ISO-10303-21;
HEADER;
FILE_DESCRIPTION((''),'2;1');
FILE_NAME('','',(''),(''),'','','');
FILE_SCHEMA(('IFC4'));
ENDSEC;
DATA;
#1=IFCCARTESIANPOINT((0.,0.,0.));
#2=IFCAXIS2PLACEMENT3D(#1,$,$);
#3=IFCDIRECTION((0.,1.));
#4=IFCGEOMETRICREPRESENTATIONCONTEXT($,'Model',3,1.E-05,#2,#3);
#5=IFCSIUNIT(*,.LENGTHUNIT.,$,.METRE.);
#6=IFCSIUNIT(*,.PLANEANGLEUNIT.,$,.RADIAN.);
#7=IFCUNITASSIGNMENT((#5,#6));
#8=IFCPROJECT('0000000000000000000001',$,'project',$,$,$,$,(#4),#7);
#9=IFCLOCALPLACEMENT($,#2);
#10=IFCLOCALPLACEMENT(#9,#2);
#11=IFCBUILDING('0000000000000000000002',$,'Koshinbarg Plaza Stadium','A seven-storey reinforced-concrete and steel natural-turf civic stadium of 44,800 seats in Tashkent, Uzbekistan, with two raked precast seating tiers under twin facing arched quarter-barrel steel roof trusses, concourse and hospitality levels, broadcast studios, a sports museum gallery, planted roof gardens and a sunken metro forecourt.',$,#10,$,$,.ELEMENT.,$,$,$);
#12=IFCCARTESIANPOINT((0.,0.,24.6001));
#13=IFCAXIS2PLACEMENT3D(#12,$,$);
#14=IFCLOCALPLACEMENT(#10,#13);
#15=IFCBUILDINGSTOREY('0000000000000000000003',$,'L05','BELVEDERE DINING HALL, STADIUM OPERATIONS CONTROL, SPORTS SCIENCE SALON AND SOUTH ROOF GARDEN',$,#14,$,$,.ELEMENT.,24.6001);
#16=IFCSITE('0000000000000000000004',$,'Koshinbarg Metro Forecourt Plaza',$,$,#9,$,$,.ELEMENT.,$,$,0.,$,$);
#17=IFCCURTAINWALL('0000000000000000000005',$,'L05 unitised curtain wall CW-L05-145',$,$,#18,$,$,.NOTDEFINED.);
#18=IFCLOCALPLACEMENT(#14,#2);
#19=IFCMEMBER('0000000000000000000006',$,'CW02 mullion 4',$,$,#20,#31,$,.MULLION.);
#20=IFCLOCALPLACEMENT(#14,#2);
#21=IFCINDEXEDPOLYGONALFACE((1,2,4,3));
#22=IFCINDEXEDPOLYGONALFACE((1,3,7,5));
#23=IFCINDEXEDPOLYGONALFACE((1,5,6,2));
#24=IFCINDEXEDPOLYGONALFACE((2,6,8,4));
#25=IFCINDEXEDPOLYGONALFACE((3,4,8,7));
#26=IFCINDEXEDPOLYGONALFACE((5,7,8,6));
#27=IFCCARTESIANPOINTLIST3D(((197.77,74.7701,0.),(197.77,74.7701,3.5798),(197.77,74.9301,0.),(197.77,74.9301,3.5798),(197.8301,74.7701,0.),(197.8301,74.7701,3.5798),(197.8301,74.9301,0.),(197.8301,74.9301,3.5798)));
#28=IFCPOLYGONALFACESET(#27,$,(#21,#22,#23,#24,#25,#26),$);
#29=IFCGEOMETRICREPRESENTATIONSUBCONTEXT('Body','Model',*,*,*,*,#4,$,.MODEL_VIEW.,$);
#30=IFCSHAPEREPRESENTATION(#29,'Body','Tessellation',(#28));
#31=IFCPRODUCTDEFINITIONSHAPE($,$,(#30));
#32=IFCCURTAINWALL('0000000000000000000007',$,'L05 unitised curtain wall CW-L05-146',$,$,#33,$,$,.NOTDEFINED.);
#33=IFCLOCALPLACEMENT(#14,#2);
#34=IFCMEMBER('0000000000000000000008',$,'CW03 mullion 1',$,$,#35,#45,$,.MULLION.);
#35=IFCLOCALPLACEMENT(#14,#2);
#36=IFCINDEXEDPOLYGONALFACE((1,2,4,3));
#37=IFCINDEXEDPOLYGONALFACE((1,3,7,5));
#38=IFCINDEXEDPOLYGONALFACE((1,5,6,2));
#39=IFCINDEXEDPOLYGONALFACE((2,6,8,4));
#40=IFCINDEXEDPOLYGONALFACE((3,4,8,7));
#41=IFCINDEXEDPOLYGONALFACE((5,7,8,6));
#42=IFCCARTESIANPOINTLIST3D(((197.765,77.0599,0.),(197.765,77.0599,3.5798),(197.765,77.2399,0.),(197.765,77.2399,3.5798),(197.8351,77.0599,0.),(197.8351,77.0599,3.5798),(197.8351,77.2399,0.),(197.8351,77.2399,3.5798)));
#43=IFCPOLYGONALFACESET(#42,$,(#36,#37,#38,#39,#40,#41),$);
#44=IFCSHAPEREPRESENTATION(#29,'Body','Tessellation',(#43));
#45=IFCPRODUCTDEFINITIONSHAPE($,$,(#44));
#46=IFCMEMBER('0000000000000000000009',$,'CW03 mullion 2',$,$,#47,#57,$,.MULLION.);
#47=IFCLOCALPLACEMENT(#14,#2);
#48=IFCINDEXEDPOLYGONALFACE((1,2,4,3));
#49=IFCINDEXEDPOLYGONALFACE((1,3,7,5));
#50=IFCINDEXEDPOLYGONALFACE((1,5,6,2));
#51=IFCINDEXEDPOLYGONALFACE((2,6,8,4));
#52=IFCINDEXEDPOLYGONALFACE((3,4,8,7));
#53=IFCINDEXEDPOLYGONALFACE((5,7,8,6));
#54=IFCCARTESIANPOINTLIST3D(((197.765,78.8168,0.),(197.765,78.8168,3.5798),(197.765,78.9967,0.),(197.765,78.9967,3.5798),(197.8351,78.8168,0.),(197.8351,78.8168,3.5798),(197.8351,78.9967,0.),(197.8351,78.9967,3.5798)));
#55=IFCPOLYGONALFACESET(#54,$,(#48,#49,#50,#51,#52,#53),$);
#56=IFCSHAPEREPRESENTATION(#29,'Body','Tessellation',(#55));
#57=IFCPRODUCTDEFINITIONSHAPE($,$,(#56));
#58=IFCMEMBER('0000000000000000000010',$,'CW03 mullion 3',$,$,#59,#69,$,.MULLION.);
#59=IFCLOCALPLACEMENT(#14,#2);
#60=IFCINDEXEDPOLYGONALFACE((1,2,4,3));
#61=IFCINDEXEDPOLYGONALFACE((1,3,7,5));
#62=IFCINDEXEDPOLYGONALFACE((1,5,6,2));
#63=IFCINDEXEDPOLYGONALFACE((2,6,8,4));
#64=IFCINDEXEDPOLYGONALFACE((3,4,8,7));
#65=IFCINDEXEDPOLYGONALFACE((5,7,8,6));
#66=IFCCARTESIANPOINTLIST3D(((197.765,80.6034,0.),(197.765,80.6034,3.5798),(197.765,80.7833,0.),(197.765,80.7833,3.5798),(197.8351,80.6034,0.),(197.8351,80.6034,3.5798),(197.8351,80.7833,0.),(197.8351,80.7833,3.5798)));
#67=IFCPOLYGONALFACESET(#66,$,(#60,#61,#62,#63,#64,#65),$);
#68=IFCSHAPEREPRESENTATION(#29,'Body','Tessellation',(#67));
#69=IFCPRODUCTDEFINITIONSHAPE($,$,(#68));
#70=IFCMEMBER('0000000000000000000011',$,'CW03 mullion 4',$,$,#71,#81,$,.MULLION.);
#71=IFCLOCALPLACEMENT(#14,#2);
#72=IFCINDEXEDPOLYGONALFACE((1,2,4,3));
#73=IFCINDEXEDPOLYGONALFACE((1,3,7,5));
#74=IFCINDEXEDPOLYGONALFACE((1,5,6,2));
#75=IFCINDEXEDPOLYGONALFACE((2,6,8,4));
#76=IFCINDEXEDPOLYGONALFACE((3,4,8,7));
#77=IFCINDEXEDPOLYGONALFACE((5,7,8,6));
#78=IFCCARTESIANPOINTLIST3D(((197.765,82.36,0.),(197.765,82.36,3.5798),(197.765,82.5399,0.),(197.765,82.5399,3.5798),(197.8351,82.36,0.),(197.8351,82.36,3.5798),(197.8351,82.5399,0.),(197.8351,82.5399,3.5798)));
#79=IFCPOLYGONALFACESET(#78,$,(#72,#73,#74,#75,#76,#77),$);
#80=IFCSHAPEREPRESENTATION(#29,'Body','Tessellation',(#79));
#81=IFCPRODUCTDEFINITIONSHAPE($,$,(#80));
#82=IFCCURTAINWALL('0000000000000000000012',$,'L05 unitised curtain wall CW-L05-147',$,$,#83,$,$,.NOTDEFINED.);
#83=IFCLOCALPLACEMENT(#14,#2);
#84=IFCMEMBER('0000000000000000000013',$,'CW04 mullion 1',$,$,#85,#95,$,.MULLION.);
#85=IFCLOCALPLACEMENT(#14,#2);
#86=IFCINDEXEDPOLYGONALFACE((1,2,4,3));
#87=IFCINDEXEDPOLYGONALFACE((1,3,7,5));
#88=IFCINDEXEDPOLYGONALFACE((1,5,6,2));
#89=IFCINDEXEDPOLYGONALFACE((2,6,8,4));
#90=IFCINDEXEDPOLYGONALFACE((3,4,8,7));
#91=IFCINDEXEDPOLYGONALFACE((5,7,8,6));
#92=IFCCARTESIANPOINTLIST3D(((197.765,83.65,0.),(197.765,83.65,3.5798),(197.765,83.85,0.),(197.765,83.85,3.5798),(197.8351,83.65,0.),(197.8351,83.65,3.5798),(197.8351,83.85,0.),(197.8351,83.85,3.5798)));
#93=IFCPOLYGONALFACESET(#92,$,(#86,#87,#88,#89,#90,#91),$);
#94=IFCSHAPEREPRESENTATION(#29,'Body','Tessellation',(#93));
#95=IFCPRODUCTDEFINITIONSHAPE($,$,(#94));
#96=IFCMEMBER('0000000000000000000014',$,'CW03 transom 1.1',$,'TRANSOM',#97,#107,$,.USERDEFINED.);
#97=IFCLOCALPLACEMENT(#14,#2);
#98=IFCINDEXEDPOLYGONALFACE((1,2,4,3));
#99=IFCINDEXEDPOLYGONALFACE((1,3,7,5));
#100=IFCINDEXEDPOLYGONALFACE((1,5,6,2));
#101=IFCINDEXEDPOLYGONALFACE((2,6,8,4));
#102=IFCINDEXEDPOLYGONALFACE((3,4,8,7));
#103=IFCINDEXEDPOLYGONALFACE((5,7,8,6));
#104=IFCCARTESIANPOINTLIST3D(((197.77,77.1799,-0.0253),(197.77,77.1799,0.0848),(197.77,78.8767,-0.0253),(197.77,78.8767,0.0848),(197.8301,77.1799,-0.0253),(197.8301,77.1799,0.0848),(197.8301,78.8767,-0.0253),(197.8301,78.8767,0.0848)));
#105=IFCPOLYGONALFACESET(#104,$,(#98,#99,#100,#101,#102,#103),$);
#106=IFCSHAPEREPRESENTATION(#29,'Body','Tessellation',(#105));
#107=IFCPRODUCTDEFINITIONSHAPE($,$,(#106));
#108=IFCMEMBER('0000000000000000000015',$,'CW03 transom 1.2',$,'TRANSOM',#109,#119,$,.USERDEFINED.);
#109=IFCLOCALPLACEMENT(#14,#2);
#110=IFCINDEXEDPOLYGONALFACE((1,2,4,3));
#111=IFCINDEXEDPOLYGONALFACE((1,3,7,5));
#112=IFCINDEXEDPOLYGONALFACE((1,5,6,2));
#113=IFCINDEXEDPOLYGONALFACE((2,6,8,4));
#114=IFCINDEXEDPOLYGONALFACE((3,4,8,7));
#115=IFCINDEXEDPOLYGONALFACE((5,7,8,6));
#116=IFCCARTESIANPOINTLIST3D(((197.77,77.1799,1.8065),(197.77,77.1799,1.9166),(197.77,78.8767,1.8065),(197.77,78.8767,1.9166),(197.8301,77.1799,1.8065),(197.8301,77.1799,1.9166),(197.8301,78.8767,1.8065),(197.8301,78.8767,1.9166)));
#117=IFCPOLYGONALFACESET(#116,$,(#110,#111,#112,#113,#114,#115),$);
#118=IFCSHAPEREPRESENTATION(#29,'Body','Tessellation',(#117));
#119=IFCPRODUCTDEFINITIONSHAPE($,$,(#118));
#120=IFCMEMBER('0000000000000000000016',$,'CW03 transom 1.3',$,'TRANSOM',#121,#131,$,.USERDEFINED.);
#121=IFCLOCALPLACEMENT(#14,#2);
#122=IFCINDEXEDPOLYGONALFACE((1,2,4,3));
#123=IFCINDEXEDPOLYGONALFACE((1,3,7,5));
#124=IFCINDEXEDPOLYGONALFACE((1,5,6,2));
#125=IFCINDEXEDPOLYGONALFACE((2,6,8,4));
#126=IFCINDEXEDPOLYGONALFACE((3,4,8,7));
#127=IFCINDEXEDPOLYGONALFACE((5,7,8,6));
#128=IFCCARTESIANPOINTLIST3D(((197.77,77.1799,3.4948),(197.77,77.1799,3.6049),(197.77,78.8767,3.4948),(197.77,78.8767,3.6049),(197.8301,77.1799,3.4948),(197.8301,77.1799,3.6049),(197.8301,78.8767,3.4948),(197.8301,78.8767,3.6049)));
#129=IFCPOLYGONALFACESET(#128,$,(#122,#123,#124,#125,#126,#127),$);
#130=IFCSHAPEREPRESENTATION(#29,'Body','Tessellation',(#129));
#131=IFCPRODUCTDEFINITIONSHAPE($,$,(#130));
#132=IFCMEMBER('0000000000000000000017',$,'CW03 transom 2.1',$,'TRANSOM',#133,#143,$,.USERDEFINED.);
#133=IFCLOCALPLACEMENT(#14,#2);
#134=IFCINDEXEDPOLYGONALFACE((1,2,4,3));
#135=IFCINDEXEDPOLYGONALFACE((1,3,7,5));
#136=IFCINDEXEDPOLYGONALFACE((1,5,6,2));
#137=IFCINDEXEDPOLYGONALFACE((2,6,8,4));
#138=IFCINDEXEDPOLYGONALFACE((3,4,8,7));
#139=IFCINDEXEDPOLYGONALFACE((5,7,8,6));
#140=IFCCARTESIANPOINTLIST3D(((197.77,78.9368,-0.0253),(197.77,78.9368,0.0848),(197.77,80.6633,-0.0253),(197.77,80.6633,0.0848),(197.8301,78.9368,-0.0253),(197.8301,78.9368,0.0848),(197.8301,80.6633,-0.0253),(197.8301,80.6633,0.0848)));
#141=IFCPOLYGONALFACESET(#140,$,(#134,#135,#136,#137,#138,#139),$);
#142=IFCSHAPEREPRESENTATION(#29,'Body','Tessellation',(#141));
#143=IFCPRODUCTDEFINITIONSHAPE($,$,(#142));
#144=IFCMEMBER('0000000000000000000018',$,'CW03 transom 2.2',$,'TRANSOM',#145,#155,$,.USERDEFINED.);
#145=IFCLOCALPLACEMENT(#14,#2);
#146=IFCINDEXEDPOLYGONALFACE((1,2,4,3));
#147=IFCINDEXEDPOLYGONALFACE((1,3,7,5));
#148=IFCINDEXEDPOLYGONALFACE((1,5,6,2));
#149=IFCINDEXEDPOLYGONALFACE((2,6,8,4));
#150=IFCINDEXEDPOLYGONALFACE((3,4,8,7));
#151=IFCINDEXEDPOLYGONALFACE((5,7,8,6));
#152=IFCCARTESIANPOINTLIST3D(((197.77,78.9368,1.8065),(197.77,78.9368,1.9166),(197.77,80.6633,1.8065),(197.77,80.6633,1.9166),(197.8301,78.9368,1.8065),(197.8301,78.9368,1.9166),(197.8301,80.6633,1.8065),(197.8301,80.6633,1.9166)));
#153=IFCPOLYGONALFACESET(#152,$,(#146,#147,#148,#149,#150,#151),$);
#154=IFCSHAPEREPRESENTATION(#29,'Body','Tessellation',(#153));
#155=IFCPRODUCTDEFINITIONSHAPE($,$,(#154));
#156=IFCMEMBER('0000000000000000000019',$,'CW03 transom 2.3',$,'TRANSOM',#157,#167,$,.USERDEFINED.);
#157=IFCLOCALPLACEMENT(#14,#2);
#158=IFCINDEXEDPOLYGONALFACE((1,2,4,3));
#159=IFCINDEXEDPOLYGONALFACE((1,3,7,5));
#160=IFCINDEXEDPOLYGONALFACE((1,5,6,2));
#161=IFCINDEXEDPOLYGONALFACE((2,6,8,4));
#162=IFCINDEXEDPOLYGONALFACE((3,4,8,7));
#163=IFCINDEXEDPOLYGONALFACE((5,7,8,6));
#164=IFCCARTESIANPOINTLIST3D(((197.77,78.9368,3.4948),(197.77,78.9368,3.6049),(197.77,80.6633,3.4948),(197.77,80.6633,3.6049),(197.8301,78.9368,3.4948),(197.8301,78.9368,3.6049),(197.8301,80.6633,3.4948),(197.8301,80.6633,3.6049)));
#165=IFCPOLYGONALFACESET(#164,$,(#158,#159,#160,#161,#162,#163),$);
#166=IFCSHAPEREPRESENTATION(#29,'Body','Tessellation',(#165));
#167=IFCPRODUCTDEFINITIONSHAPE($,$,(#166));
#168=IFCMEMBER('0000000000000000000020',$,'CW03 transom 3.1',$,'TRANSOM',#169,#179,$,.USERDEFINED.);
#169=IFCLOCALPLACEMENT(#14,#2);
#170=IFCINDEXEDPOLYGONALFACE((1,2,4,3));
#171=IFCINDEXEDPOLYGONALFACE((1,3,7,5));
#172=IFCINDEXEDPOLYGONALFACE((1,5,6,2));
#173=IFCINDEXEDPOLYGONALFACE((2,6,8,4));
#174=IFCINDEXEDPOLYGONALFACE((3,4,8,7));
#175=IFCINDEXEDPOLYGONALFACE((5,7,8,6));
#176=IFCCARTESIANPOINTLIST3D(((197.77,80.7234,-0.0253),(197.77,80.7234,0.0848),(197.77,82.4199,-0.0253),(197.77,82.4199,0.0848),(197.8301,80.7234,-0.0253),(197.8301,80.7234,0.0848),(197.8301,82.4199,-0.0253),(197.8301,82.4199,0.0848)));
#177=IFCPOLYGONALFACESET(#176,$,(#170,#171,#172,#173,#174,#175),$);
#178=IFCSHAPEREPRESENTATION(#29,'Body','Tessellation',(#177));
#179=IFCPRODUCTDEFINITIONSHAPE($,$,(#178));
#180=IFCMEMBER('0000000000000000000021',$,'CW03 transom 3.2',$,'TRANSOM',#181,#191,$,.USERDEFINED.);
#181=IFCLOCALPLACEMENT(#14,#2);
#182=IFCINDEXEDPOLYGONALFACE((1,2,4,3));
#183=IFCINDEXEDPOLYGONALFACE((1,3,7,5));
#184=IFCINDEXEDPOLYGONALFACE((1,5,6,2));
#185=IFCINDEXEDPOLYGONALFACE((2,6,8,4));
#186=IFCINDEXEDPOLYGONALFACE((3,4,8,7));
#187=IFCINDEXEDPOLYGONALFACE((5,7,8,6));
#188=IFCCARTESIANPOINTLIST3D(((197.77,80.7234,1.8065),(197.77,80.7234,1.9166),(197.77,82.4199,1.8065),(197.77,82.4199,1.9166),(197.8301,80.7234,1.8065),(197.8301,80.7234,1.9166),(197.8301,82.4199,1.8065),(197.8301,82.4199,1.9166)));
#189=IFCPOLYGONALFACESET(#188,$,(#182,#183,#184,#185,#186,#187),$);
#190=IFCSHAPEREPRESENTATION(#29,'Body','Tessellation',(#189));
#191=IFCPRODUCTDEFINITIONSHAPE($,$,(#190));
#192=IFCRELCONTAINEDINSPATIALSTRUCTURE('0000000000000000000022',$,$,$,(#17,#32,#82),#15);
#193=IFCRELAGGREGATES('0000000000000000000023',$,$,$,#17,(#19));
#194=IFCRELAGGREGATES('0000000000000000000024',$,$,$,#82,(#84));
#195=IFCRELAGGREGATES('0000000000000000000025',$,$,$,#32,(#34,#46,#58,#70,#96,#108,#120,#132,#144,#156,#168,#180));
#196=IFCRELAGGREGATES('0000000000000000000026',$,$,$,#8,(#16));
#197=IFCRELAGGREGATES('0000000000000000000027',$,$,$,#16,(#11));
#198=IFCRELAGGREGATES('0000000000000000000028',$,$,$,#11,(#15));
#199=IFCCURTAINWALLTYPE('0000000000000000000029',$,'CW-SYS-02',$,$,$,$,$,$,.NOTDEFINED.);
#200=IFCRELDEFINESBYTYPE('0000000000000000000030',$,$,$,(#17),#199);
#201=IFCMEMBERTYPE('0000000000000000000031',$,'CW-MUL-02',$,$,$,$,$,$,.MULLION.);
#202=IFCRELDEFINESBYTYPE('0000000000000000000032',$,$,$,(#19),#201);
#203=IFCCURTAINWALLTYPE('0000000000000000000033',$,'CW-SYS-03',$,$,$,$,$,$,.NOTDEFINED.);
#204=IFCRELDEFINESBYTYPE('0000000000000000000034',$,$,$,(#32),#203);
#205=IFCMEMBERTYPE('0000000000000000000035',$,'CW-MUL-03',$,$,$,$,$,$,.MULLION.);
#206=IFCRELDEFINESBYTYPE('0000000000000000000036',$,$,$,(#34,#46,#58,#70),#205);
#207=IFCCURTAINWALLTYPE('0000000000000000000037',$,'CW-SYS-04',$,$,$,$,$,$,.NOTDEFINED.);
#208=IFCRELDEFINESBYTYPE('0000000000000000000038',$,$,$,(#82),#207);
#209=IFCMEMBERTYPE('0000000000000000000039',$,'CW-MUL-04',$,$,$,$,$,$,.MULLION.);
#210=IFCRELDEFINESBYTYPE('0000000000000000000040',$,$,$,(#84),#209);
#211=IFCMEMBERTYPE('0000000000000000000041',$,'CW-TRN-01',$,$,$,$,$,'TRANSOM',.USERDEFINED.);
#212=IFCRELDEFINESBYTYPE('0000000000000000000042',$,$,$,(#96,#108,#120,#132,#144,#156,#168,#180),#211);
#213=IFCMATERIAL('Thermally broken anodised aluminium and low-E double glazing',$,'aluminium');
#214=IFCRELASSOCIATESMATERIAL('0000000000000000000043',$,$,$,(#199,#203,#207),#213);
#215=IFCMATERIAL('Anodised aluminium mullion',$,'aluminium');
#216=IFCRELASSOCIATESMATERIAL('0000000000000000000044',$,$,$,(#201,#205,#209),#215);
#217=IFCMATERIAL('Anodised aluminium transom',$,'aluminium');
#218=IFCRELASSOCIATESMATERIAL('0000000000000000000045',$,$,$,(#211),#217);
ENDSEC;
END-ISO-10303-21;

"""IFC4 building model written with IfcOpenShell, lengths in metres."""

from ifc_helpers import new_model, si_unit, direction, frame, origin, origin_2d, place, context, subcontext, project, spatial, rectangle, extrude, material, material_profile, profile_set, type_object, element, aggregate, save


model = new_model("IFC4")

# Units and contexts
model_context = context("Model", 3, precision=1e-05, world=origin(), true_north=direction((0.0, 1.0)))
body_context = subcontext(model_context, "Body", "Model", "MODEL_VIEW")
ifc_project = project(units=[si_unit("LENGTHUNIT", "METRE"), si_unit("PLANEANGLEUNIT", "RADIAN")], contexts=[model_context])

# Site, building, storey
site_placement = place(None, origin())
site = spatial("IfcSite", under=ifc_project, at=site_placement, Name="Koshinbarg Metro Forecourt Plaza", CompositionType="ELEMENT", RefElevation=0.0)
building_placement = place(site_placement, origin())
building = spatial("IfcBuilding", under=site, at=building_placement, Name="Koshinbarg Plaza Stadium", Description="A seven-storey reinforced-concrete and steel natural-turf civic stadium of 44,800 seats in Tashkent, Uzbekistan, with two raked precast seating tiers under twin facing arched quarter-barrel steel roof trusses, concourse and hospitality levels, broadcast studios, a sports museum gallery, planted roof gardens and a sunken metro forecourt.", CompositionType="ELEMENT")
storey_placement = place(building_placement, frame((0.0, 0.0, 24.6001)))
storey = spatial("IfcBuildingStorey", under=building, at=storey_placement, Name="L05", Description="BELVEDERE DINING HALL, STADIUM OPERATIONS CONTROL, SPORTS SCIENCE SALON AND SOUTH ROOF GARDEN", CompositionType="ELEMENT", Elevation=24.6001)

# Curtain wall, member
ifc_material_1 = material(Name="Thermally broken anodised aluminium and low-E double glazing", Category="aluminium")
curtain_wall_type_1 = type_object("IfcCurtainWallType", Name="CW-SYS-02", PredefinedType="NOTDEFINED", material=ifc_material_1)
curtain_wall_1_placement = place(storey_placement, origin())
curtain_wall_1 = element("IfcCurtainWall", 1, at=curtain_wall_1_placement, inside=storey, type_object=curtain_wall_type_1, Name="L05 unitised curtain wall CW-L05-145", PredefinedType="NOTDEFINED")
ifc_material_2 = material(Name="Anodised aluminium mullion", Category="aluminium")
ifc_material_profile_1 = material_profile(ifc_material_2, rectangle(XDim=0.0601, YDim=0.1599, at=origin_2d()), Name="ALU 60x160")
ifc_profile_set_1 = profile_set([ifc_material_profile_1], Name="Anodised aluminium mullion")
member_type_1 = type_object("IfcMemberType", Name="CW-MUL-02", PredefinedType="MULLION", material=ifc_profile_set_1)
member_1_placement = place(storey_placement, frame((197.8, 74.8501, 0.0), z_axis=(0.0, 0.0, 1.0), x_axis=(-1.0, 0.0, 0.0)))
member_1 = element("IfcMember", 2, at=member_1_placement, type_object=member_type_1, Name="CW02 mullion 4", PredefinedType="MULLION", context=body_context, shape_type="SweptSolid", body=[
    extrude(rectangle(XDim=0.0601, YDim=0.1599, at=origin_2d()), origin(), (0.0, 0.0, 1.0), 3.5798),
])
aggregate(curtain_wall_1, [member_1])

# Curtain wall, members
curtain_wall_type_2 = type_object("IfcCurtainWallType", Name="CW-SYS-03", PredefinedType="NOTDEFINED", material=ifc_material_1)
curtain_wall_2_placement = place(storey_placement, origin())
curtain_wall_2 = element("IfcCurtainWall", 3, at=curtain_wall_2_placement, inside=storey, type_object=curtain_wall_type_2, Name="L05 unitised curtain wall CW-L05-146", PredefinedType="NOTDEFINED")
ifc_material_profile_2 = material_profile(ifc_material_2, rectangle(XDim=0.0701, YDim=0.1799, at=origin_2d()), Name="ALU 70x180")
ifc_profile_set_2 = profile_set([ifc_material_profile_2], Name="Anodised aluminium mullion")
member_type_2 = type_object("IfcMemberType", Name="CW-MUL-03", PredefinedType="MULLION", material=ifc_profile_set_2)
member_2_placement = place(storey_placement, frame((197.8, 77.1499, 0.0), z_axis=(0.0, 0.0, 1.0), x_axis=(-1.0, 0.0, 0.0)))
member_2 = element("IfcMember", 4, at=member_2_placement, type_object=member_type_2, Name="CW03 mullion 1", PredefinedType="MULLION", context=body_context, shape_type="SweptSolid", body=[
    extrude(rectangle(XDim=0.0701, YDim=0.1799, at=origin_2d()), origin(), (0.0, 0.0, 1.0), 3.5798),
])
member_3_placement = place(storey_placement, frame((197.8, 78.9067, 0.0), z_axis=(0.0, 0.0, 1.0), x_axis=(-1.0, 0.0, 0.0)))
member_3 = element("IfcMember", 5, at=member_3_placement, type_object=member_type_2, Name="CW03 mullion 2", PredefinedType="MULLION", context=body_context, shape_type="SweptSolid", body=[
    extrude(rectangle(XDim=0.0701, YDim=0.1799, at=origin_2d()), origin(), (0.0, 0.0, 1.0), 3.5798),
])
member_4_placement = place(storey_placement, frame((197.8, 80.6934, 0.0), z_axis=(0.0, 0.0, 1.0), x_axis=(-1.0, 0.0, 0.0)))
member_4 = element("IfcMember", 6, at=member_4_placement, type_object=member_type_2, Name="CW03 mullion 3", PredefinedType="MULLION", context=body_context, shape_type="SweptSolid", body=[
    extrude(rectangle(XDim=0.0701, YDim=0.1799, at=origin_2d()), origin(), (0.0, 0.0, 1.0), 3.5798),
])
member_5_placement = place(storey_placement, frame((197.8, 82.45, 0.0), z_axis=(0.0, 0.0, 1.0), x_axis=(-1.0, 0.0, 0.0)))
member_5 = element("IfcMember", 7, at=member_5_placement, type_object=member_type_2, Name="CW03 mullion 4", PredefinedType="MULLION", context=body_context, shape_type="SweptSolid", body=[
    extrude(rectangle(XDim=0.0701, YDim=0.1799, at=origin_2d()), origin(), (0.0, 0.0, 1.0), 3.5798),
])

# Curtain wall, member
curtain_wall_type_3 = type_object("IfcCurtainWallType", Name="CW-SYS-04", PredefinedType="NOTDEFINED", material=ifc_material_1)
curtain_wall_3_placement = place(storey_placement, origin())
curtain_wall_3 = element("IfcCurtainWall", 8, at=curtain_wall_3_placement, inside=storey, type_object=curtain_wall_type_3, Name="L05 unitised curtain wall CW-L05-147", PredefinedType="NOTDEFINED")
ifc_material_profile_3 = material_profile(ifc_material_2, rectangle(XDim=0.0701, YDim=0.2, at=origin_2d()), Name="ALU 70x200")
ifc_profile_set_3 = profile_set([ifc_material_profile_3], Name="Anodised aluminium mullion")
member_type_3 = type_object("IfcMemberType", Name="CW-MUL-04", PredefinedType="MULLION", material=ifc_profile_set_3)
member_6_placement = place(storey_placement, frame((197.8, 83.75, 0.0), z_axis=(0.0, 0.0, 1.0), x_axis=(-1.0, 0.0, 0.0)))
member_6 = element("IfcMember", 9, at=member_6_placement, type_object=member_type_3, Name="CW04 mullion 1", PredefinedType="MULLION", context=body_context, shape_type="SweptSolid", body=[
    extrude(rectangle(XDim=0.0701, YDim=0.2, at=origin_2d()), origin(), (0.0, 0.0, 1.0), 3.5798),
])

# Members
ifc_material_3 = material(Name="Anodised aluminium transom", Category="aluminium")
ifc_material_profile_4 = material_profile(ifc_material_3, rectangle(XDim=0.0601, YDim=0.1101, at=origin_2d()), Name="ALU 60x110")
ifc_profile_set_4 = profile_set([ifc_material_profile_4], Name="Anodised aluminium transom")
member_type_4 = type_object("IfcMemberType", Name="CW-TRN-01", ElementType="TRANSOM", PredefinedType="USERDEFINED", material=ifc_profile_set_4)
member_7_placement = place(storey_placement, frame((197.8, 77.1799, 0.0298), z_axis=(0.0, 1.0, 0.0), x_axis=(-1.0, 0.0, 0.0)))
member_7 = element("IfcMember", 10, at=member_7_placement, type_object=member_type_4, Name="CW03 transom 1.1", ObjectType="TRANSOM", PredefinedType="USERDEFINED", context=body_context, shape_type="SweptSolid", body=[
    extrude(rectangle(XDim=0.0601, YDim=0.1101, at=origin_2d()), origin(), (0.0, 0.0, 1.0), 1.6968),
])
member_8_placement = place(storey_placement, frame((197.8, 77.1799, 1.8616), z_axis=(0.0, 1.0, 0.0), x_axis=(-1.0, 0.0, 0.0)))
member_8 = element("IfcMember", 11, at=member_8_placement, type_object=member_type_4, Name="CW03 transom 1.2", ObjectType="TRANSOM", PredefinedType="USERDEFINED", context=body_context, shape_type="SweptSolid", body=[
    extrude(rectangle(XDim=0.0601, YDim=0.1101, at=origin_2d()), origin(), (0.0, 0.0, 1.0), 1.6968),
])
member_9_placement = place(storey_placement, frame((197.8, 77.1799, 3.5498), z_axis=(0.0, 1.0, 0.0), x_axis=(-1.0, 0.0, 0.0)))
member_9 = element("IfcMember", 12, at=member_9_placement, type_object=member_type_4, Name="CW03 transom 1.3", ObjectType="TRANSOM", PredefinedType="USERDEFINED", context=body_context, shape_type="SweptSolid", body=[
    extrude(rectangle(XDim=0.0601, YDim=0.1101, at=origin_2d()), origin(), (0.0, 0.0, 1.0), 1.6968),
])
member_10_placement = place(storey_placement, frame((197.8, 78.9368, 0.0298), z_axis=(0.0, 1.0, 0.0), x_axis=(-1.0, 0.0, 0.0)))
member_10 = element("IfcMember", 13, at=member_10_placement, type_object=member_type_4, Name="CW03 transom 2.1", ObjectType="TRANSOM", PredefinedType="USERDEFINED", context=body_context, shape_type="SweptSolid", body=[
    extrude(rectangle(XDim=0.0601, YDim=0.1101, at=origin_2d()), origin(), (0.0, 0.0, 1.0), 1.7266),
])
member_11_placement = place(storey_placement, frame((197.8, 78.9368, 1.8616), z_axis=(0.0, 1.0, 0.0), x_axis=(-1.0, 0.0, 0.0)))
member_11 = element("IfcMember", 14, at=member_11_placement, type_object=member_type_4, Name="CW03 transom 2.2", ObjectType="TRANSOM", PredefinedType="USERDEFINED", context=body_context, shape_type="SweptSolid", body=[
    extrude(rectangle(XDim=0.0601, YDim=0.1101, at=origin_2d()), origin(), (0.0, 0.0, 1.0), 1.7266),
])
member_12_placement = place(storey_placement, frame((197.8, 78.9368, 3.5498), z_axis=(0.0, 1.0, 0.0), x_axis=(-1.0, 0.0, 0.0)))
member_12 = element("IfcMember", 15, at=member_12_placement, type_object=member_type_4, Name="CW03 transom 2.3", ObjectType="TRANSOM", PredefinedType="USERDEFINED", context=body_context, shape_type="SweptSolid", body=[
    extrude(rectangle(XDim=0.0601, YDim=0.1101, at=origin_2d()), origin(), (0.0, 0.0, 1.0), 1.7266),
])
member_13_placement = place(storey_placement, frame((197.8, 80.7234, 0.0298), z_axis=(0.0, 1.0, 0.0), x_axis=(-1.0, 0.0, 0.0)))
member_13 = element("IfcMember", 16, at=member_13_placement, type_object=member_type_4, Name="CW03 transom 3.1", ObjectType="TRANSOM", PredefinedType="USERDEFINED", context=body_context, shape_type="SweptSolid", body=[
    extrude(rectangle(XDim=0.0601, YDim=0.1101, at=origin_2d()), origin(), (0.0, 0.0, 1.0), 1.6965),
])
member_14_placement = place(storey_placement, frame((197.8, 80.7234, 1.8616), z_axis=(0.0, 1.0, 0.0), x_axis=(-1.0, 0.0, 0.0)))
member_14 = element("IfcMember", 17, at=member_14_placement, type_object=member_type_4, Name="CW03 transom 3.2", ObjectType="TRANSOM", PredefinedType="USERDEFINED", context=body_context, shape_type="SweptSolid", body=[
    extrude(rectangle(XDim=0.0601, YDim=0.1101, at=origin_2d()), origin(), (0.0, 0.0, 1.0), 1.6965),
])
aggregate(curtain_wall_3, [member_6])

aggregate(curtain_wall_2, [member_2, member_3, member_4, member_5, member_7, member_8, member_9, member_10, member_11, member_12, member_13, member_14])

save(model, "model.ifc")
